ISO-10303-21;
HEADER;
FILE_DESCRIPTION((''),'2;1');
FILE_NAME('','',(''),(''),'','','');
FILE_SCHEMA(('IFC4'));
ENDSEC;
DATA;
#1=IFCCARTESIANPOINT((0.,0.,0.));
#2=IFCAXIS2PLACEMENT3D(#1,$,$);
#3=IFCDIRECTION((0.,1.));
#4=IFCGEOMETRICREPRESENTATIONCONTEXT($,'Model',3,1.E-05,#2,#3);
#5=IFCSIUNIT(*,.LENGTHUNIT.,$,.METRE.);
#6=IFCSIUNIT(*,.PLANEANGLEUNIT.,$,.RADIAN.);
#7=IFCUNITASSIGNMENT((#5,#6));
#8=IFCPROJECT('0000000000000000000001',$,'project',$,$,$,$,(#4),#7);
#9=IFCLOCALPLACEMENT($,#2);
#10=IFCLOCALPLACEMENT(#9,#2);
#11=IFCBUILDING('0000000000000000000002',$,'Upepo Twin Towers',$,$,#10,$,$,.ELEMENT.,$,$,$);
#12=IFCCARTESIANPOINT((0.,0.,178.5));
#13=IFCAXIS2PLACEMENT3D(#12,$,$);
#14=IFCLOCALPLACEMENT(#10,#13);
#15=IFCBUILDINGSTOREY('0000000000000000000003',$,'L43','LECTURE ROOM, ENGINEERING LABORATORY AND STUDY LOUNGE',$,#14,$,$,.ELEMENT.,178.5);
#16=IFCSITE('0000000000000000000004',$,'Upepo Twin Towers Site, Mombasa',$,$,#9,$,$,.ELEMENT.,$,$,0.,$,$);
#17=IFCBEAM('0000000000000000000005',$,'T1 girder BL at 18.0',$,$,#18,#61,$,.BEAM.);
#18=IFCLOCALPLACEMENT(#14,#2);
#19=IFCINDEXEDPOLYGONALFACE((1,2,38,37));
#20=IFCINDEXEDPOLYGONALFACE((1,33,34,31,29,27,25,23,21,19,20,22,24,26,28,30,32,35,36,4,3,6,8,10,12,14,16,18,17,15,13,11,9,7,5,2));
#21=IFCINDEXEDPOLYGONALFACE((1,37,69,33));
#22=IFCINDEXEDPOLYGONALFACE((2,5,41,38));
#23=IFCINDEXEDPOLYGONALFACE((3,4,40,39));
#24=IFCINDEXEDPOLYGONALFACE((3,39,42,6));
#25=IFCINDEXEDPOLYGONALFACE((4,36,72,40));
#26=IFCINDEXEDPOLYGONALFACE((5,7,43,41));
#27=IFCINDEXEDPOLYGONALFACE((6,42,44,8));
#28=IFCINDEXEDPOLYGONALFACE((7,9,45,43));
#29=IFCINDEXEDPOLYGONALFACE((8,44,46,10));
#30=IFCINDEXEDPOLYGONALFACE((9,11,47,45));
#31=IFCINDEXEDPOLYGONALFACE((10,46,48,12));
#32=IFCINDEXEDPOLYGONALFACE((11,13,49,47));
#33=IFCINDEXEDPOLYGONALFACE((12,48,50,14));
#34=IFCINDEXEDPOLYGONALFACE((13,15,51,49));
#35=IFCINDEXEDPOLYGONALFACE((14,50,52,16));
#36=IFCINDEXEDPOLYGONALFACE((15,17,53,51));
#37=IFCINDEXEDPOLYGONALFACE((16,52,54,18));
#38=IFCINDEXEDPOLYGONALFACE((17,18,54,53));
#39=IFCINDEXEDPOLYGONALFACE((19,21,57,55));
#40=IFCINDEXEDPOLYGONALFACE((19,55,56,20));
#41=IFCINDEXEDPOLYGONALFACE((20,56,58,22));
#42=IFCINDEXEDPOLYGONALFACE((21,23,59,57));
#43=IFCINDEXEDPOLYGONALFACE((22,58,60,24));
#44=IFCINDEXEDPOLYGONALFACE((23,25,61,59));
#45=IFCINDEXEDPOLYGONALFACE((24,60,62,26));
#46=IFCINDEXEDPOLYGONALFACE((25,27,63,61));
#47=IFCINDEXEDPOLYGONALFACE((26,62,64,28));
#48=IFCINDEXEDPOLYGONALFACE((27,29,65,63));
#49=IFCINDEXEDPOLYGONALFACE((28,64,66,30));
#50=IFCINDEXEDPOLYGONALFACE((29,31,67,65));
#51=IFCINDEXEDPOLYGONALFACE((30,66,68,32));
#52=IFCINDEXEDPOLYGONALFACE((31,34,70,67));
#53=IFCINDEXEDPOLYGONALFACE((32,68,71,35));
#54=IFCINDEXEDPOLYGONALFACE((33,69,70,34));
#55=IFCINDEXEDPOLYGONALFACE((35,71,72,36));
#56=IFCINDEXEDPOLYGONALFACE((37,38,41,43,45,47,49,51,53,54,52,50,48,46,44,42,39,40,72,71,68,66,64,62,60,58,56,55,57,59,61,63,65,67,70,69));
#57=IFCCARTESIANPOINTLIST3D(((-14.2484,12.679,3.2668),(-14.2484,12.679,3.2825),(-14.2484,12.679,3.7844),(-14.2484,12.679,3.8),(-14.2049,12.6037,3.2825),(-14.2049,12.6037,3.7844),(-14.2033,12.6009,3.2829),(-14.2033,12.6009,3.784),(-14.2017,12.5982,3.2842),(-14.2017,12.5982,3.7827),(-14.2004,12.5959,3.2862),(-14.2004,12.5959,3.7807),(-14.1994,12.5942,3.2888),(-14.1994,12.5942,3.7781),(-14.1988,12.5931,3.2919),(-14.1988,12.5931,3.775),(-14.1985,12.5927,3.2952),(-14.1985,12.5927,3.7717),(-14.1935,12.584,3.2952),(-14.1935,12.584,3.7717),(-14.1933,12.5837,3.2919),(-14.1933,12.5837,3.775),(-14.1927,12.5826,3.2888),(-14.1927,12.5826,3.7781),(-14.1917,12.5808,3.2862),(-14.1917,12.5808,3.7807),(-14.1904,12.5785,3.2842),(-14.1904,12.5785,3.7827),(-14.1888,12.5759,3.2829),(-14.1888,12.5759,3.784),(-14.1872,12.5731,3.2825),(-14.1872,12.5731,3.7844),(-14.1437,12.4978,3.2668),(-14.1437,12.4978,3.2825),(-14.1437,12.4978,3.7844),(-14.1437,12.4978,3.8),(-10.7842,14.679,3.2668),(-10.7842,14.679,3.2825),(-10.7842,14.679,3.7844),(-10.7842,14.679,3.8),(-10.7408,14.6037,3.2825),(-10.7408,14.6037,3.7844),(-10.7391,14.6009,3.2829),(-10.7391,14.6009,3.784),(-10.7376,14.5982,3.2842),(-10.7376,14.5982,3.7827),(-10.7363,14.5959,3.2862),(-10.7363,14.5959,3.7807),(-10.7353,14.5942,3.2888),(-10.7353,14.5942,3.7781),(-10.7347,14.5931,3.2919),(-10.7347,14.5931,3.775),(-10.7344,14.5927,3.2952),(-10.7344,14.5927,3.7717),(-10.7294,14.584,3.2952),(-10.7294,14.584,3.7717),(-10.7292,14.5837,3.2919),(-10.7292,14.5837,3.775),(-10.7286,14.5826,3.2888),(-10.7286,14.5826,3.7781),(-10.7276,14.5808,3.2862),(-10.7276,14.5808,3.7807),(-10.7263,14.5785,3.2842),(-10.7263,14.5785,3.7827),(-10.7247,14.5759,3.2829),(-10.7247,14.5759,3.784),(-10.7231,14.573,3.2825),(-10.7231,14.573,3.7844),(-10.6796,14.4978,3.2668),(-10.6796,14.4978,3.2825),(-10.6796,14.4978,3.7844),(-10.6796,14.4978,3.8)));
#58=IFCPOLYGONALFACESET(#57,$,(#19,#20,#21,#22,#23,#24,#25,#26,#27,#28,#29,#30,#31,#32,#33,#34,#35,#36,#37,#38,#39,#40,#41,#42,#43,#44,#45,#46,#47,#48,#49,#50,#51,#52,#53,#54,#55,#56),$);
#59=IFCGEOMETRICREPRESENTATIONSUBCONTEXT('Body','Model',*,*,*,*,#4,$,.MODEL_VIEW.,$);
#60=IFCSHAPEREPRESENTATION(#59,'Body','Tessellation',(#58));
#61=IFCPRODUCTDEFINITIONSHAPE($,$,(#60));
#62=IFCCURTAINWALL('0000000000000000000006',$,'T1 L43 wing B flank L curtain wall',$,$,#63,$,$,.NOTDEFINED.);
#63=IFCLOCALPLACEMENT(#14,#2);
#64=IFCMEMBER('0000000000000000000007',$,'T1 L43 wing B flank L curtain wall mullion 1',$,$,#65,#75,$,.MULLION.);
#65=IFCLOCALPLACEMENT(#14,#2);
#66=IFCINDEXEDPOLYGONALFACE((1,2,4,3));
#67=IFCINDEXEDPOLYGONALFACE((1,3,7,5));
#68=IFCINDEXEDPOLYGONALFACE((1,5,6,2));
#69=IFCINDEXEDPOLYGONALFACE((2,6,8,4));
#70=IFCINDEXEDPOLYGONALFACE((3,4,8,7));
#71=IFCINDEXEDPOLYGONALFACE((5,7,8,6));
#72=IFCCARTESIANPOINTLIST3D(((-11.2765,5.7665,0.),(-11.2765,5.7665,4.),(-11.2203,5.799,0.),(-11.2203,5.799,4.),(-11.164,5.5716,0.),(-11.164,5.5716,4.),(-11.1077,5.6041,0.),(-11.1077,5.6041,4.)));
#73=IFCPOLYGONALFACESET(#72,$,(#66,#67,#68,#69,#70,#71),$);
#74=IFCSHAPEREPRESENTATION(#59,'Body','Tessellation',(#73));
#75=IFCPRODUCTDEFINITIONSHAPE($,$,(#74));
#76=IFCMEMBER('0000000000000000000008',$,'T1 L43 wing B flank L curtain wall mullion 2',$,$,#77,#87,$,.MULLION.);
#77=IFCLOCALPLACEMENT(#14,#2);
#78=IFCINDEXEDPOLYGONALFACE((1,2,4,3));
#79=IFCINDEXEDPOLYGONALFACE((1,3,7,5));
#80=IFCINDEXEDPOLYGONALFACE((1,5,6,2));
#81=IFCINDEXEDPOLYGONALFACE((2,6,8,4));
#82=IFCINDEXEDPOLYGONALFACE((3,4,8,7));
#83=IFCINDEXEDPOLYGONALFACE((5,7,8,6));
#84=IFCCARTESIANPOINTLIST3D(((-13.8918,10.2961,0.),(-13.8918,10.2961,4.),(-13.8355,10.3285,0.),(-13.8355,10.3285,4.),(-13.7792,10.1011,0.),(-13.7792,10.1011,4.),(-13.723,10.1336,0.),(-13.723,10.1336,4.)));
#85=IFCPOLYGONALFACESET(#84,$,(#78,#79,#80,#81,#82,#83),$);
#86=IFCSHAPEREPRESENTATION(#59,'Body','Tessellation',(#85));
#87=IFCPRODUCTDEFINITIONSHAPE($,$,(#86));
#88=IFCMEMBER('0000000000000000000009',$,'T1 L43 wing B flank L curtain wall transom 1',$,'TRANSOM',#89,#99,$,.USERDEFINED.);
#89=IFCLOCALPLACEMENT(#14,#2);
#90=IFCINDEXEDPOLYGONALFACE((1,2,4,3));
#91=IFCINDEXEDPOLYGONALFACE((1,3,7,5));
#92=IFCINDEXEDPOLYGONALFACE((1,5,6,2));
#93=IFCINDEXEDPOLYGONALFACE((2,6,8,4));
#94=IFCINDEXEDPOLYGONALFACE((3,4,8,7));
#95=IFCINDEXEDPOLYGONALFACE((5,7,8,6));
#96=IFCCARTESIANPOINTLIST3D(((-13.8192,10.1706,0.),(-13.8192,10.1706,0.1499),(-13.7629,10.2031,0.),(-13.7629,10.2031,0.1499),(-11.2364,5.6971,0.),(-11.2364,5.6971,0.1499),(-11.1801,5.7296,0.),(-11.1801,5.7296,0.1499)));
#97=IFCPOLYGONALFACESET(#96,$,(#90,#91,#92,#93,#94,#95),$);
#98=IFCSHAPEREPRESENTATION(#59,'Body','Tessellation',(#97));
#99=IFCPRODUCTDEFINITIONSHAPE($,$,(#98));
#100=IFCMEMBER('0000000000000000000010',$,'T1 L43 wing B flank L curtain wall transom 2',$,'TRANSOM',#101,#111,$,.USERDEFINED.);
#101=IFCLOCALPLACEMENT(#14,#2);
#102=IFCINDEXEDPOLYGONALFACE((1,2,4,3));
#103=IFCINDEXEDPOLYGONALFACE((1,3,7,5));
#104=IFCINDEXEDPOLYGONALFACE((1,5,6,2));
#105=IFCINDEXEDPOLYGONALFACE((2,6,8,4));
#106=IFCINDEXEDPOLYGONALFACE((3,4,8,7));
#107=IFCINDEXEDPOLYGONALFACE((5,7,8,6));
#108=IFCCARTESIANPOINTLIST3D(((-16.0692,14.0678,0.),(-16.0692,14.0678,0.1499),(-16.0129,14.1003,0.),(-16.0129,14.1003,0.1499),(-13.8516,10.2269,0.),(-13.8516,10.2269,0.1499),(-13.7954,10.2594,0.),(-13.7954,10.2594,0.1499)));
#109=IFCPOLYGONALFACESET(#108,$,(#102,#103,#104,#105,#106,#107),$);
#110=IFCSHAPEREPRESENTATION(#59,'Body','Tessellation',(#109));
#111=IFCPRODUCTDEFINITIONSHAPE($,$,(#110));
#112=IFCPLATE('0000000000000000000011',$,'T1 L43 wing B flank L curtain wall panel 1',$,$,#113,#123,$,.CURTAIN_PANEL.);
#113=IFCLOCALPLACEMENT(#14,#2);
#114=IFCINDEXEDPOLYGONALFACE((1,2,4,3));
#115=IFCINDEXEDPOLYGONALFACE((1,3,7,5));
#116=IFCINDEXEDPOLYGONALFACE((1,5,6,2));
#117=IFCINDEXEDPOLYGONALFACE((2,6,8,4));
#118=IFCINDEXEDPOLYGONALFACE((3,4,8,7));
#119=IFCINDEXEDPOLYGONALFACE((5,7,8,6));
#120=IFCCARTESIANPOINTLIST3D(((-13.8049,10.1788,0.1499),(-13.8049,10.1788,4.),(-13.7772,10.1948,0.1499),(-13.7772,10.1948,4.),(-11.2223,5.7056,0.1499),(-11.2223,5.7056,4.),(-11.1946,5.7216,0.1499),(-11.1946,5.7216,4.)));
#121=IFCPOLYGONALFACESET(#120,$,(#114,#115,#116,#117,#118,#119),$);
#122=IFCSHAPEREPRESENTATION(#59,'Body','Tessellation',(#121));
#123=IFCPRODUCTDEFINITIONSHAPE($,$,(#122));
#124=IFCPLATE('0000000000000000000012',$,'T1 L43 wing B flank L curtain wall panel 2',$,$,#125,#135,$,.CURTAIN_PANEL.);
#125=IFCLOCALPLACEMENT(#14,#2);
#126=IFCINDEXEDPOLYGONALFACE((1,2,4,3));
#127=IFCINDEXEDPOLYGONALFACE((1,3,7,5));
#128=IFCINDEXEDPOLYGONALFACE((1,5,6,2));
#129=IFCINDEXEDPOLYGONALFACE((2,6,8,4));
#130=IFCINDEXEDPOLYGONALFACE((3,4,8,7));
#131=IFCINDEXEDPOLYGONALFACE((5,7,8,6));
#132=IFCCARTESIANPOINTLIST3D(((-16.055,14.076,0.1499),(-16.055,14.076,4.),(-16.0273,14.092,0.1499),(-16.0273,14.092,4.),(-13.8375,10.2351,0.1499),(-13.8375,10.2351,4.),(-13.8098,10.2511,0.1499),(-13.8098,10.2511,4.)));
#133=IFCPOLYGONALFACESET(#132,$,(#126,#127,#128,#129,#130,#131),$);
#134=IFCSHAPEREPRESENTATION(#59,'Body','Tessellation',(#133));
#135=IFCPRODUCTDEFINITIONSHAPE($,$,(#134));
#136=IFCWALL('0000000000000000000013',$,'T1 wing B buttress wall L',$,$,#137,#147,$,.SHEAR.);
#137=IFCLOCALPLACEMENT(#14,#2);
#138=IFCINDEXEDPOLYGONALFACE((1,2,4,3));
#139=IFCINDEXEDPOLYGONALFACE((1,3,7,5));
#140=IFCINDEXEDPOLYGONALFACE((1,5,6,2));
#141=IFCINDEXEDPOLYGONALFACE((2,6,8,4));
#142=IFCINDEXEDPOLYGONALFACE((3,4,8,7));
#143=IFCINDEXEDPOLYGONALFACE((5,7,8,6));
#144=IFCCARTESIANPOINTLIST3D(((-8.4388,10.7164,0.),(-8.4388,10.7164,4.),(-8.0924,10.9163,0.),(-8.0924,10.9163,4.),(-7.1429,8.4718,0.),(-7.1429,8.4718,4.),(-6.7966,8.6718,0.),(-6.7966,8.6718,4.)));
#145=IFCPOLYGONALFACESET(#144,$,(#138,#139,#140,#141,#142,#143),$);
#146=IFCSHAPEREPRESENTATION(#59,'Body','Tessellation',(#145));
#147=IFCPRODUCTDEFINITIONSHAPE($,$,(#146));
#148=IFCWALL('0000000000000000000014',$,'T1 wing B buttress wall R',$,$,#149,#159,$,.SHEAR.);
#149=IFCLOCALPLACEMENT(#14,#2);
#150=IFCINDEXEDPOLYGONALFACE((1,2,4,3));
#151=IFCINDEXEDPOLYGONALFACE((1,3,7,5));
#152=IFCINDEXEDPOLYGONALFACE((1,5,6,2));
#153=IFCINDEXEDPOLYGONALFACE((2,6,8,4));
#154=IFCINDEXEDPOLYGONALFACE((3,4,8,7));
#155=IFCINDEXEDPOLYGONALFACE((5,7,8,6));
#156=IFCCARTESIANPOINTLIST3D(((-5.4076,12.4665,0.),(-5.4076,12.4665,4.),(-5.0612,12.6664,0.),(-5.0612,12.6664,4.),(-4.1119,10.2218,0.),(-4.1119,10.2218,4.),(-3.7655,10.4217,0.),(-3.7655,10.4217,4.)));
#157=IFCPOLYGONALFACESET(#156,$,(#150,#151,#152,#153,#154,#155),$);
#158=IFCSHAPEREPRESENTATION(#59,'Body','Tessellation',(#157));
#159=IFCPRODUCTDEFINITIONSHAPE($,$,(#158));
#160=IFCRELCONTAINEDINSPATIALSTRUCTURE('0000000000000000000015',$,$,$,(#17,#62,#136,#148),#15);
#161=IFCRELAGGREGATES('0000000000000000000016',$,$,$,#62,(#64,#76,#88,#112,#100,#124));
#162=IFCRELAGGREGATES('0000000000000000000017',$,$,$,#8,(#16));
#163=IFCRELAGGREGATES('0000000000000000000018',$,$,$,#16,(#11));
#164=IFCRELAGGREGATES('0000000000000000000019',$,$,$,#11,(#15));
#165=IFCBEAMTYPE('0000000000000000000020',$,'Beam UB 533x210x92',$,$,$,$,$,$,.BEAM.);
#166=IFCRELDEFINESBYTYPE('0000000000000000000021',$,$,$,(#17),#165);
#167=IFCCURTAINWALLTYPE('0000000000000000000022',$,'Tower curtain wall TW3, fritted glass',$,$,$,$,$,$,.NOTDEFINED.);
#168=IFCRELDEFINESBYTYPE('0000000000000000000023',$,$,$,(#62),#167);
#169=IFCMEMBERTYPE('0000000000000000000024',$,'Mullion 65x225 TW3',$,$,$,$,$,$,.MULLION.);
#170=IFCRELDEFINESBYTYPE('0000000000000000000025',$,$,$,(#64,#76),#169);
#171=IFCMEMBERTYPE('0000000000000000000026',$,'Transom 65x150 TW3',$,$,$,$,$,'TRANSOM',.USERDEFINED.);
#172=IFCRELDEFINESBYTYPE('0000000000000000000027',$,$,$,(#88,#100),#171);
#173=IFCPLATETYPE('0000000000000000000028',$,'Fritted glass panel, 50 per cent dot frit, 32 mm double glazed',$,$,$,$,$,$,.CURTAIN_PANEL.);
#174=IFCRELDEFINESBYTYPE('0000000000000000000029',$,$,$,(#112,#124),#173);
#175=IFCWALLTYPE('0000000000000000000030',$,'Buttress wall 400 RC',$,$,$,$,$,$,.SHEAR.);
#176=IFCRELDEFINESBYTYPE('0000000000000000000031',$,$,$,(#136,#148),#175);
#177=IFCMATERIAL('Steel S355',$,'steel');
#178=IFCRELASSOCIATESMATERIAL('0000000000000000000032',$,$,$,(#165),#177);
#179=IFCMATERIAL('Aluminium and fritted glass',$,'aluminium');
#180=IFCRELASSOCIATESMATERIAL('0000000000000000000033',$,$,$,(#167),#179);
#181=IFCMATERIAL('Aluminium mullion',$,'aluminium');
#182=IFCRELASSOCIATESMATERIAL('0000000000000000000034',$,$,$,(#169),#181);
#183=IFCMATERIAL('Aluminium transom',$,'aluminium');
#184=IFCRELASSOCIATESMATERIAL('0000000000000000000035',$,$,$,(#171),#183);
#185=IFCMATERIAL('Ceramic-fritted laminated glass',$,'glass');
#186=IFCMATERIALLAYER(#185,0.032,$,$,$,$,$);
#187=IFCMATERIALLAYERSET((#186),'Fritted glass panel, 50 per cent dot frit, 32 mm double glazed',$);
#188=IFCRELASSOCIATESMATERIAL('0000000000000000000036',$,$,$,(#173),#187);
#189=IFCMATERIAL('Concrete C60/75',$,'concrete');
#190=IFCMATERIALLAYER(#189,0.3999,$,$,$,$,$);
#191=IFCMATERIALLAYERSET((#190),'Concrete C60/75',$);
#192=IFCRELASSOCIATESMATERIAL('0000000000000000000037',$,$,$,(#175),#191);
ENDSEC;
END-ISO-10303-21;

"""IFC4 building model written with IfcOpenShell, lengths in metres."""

from ifc_helpers import new_model, si_unit, direction, frame, frame_2d, origin, origin_2d, place, context, subcontext, project, spatial, rectangle, i_section, extrude, material, layer, layer_set, material_profile, profile_set, type_object, element, aggregate, save


model = new_model("IFC4")

# Units and contexts
model_context = context("Model", 3, precision=1e-05, world=origin(), true_north=direction((0.0, 1.0)))
body_context = subcontext(model_context, "Body", "Model", "MODEL_VIEW")
ifc_project = project(units=[si_unit("LENGTHUNIT", "METRE"), si_unit("PLANEANGLEUNIT", "RADIAN")], contexts=[model_context])

# Site, building, storey
site_placement = place(None, origin())
site = spatial("IfcSite", under=ifc_project, at=site_placement, Name="Upepo Twin Towers Site, Mombasa", CompositionType="ELEMENT", RefElevation=0.0)
building_placement = place(site_placement, origin())
building = spatial("IfcBuilding", under=site, at=building_placement, Name="Upepo Twin Towers", CompositionType="ELEMENT")
storey_placement = place(building_placement, frame((0.0, 0.0, 178.5)))
storey = spatial("IfcBuildingStorey", under=building, at=storey_placement, Name="L43", Description="LECTURE ROOM, ENGINEERING LABORATORY AND STUDY LOUNGE", CompositionType="ELEMENT", Elevation=178.5)

# Beam
ifc_material_1 = material(Name="Steel S355", Category="steel")
ifc_material_profile_1 = material_profile(ifc_material_1, i_section(OverallWidth=0.2092, OverallDepth=0.5332, WebThickness=0.01, FlangeThickness=0.0156, FilletRadius=0.0127, at=origin_2d()), Name="UB 533x210x92")
ifc_profile_set_1 = profile_set([ifc_material_profile_1], Name="Steel S355")
beam_type_1 = type_object("IfcBeamType", Name="Beam UB 533x210x92", PredefinedType="BEAM", material=ifc_profile_set_1)
for number, where, z_axis, x_axis, name in (
    (1, (-14.196, 12.5884, 3.5334), (0.866026, 0.499999, 0.0), (-0.499999, 0.866026, 0.0), "T1 girder BL at 18.0"),
):
    element("IfcBeam", number, at=place(storey_placement, frame(where, z_axis=z_axis, x_axis=x_axis)), inside=storey, type_object=beam_type_1, Name=name, PredefinedType="BEAM", context=body_context, shape_type="SweptSolid", body=[
        extrude(i_section(OverallWidth=0.2092, OverallDepth=0.5332, WebThickness=0.01, FlangeThickness=0.0156, FilletRadius=0.0127, at=origin_2d()), origin(), (0.0, 0.0, 1.0), 4.0),
    ])

# Curtain wall, members, plates
ifc_material_2 = material(Name="Aluminium and fritted glass", Category="aluminium")
curtain_wall_type = type_object("IfcCurtainWallType", Name="Tower curtain wall TW3, fritted glass", PredefinedType="NOTDEFINED", material=ifc_material_2)
curtain_wall_placement = place(storey_placement, origin())
curtain_wall = element("IfcCurtainWall", 2, at=curtain_wall_placement, inside=storey, type_object=curtain_wall_type, Name="T1 L43 wing B flank L curtain wall", PredefinedType="NOTDEFINED")
ifc_material_3 = material(Name="Aluminium mullion", Category="aluminium")
ifc_material_profile_2 = material_profile(ifc_material_3, rectangle(XDim=0.0649, YDim=0.2251, at=origin_2d()), Name="MULLION 65x225")
ifc_profile_set_2 = profile_set([ifc_material_profile_2], Name="Aluminium mullion")
member_type_1 = type_object("IfcMemberType", Name="Mullion 65x225 TW3", PredefinedType="MULLION", material=ifc_profile_set_2)
member_1_placement = place(storey_placement, frame((-11.1921, 5.6853, 0.0), z_axis=(0.0, 0.0, 1.0), x_axis=(-0.866025, -0.5, 0.0)))
member_1 = element("IfcMember", 3, at=member_1_placement, type_object=member_type_1, Name="T1 L43 wing B flank L curtain wall mullion 1", PredefinedType="MULLION", context=body_context, shape_type="SweptSolid", body=[
    extrude(rectangle(XDim=0.0649, YDim=0.2251, at=origin_2d()), origin(), (0.0, 0.0, 1.0), 4.0),
])
member_2_placement = place(storey_placement, frame((-13.8074, 10.2148, 0.0), z_axis=(0.0, 0.0, 1.0), x_axis=(-0.866025, -0.5, 0.0)))
member_2 = element("IfcMember", 4, at=member_2_placement, type_object=member_type_1, Name="T1 L43 wing B flank L curtain wall mullion 2", PredefinedType="MULLION", context=body_context, shape_type="SweptSolid", body=[
    extrude(rectangle(XDim=0.0649, YDim=0.2251, at=origin_2d()), origin(), (0.0, 0.0, 1.0), 4.0),
])
ifc_material_4 = material(Name="Aluminium transom", Category="aluminium")
ifc_material_profile_3 = material_profile(ifc_material_4, rectangle(XDim=0.0649, YDim=0.1499, at=origin_2d()), Name="TRANSOM 65x150")
ifc_profile_set_3 = profile_set([ifc_material_profile_3], Name="Aluminium transom")
member_type_2 = type_object("IfcMemberType", Name="Transom 65x150 TW3", ElementType="TRANSOM", PredefinedType="USERDEFINED", material=ifc_profile_set_3)
member_3_placement = place(storey_placement, frame((-11.2083, 5.7134, 0.075), z_axis=(-0.500007, 0.866021, 0.0), x_axis=(-0.866021, -0.500007, 0.0)))
member_3 = element("IfcMember", 5, at=member_3_placement, type_object=member_type_2, Name="T1 L43 wing B flank L curtain wall transom 1", ObjectType="TRANSOM", PredefinedType="USERDEFINED", context=body_context, shape_type="SweptSolid", body=[
    extrude(rectangle(XDim=0.0649, YDim=0.1499, at=origin_2d()), origin(), (0.0, 0.0, 1.0), 5.1655),
])
member_4_placement = place(storey_placement, frame((-13.8235, 10.2432, 0.075), z_axis=(-0.500005, 0.866022, 0.0), x_axis=(-0.866022, -0.500005, 0.0)))
member_4 = element("IfcMember", 6, at=member_4_placement, type_object=member_type_2, Name="T1 L43 wing B flank L curtain wall transom 2", ObjectType="TRANSOM", PredefinedType="USERDEFINED", context=body_context, shape_type="SweptSolid", body=[
    extrude(rectangle(XDim=0.0649, YDim=0.1499, at=origin_2d()), origin(), (0.0, 0.0, 1.0), 4.4351),
])
ifc_material_5 = material(Name="Ceramic-fritted laminated glass", Category="glass")
ifc_layer_1 = layer(ifc_material_5, 0.032)
ifc_layer_set_1 = layer_set([ifc_layer_1], Name="Fritted glass panel, 50 per cent dot frit, 32 mm double glazed")
plate_type = type_object("IfcPlateType", Name="Fritted glass panel, 50 per cent dot frit, 32 mm double glazed", PredefinedType="CURTAIN_PANEL", material=ifc_layer_set_1)
plate_1_placement = place(storey_placement, frame((-12.4998, 7.9502, 0.1499), z_axis=(0.0, 0.0, 1.0), x_axis=(-0.5, 0.866025, 0.0)))
plate_1 = element("IfcPlate", 7, at=plate_1_placement, type_object=plate_type, Name="T1 L43 wing B flank L curtain wall panel 1", PredefinedType="CURTAIN_PANEL", context=body_context, shape_type="SweptSolid", body=[
    extrude(rectangle(XDim=5.1653, YDim=0.032, at=origin_2d()), origin(), (0.0, 0.0, 1.0), 3.8501),
])
plate_2_placement = place(storey_placement, frame((-14.9324, 12.1636, 0.1499), z_axis=(0.0, 0.0, 1.0), x_axis=(-0.5, 0.866025, 0.0)))
plate_2 = element("IfcPlate", 8, at=plate_2_placement, type_object=plate_type, Name="T1 L43 wing B flank L curtain wall panel 2", PredefinedType="CURTAIN_PANEL", context=body_context, shape_type="SweptSolid", body=[
    extrude(rectangle(XDim=4.4351, YDim=0.032, at=origin_2d()), origin(), (0.0, 0.0, 1.0), 3.8501),
])
aggregate(curtain_wall, [member_1, member_2, member_3, plate_1, member_4, plate_2])

# Walls
ifc_material_6 = material(Name="Concrete C60/75", Category="concrete")
ifc_layer_2 = layer(ifc_material_6, 0.3999)
ifc_layer_set_2 = layer_set([ifc_layer_2], Name="Concrete C60/75")
wall_type_1 = type_object("IfcWallType", Name="Buttress wall 400 RC", PredefinedType="SHEAR", material=ifc_layer_set_2)
for number, where, z_axis, x_axis, name in (
    (9, (-6.9697, 8.5718, 0.0), (0.0, 0.0, 1.0), (-0.499989, 0.866032, 0.0), "T1 wing B buttress wall L"),
    (10, (-3.9387, 10.3218, 0.0), (0.0, 0.0, 1.0), (-0.499918, 0.866073, 0.0), "T1 wing B buttress wall R"),
):
    element("IfcWall", number, at=place(storey_placement, frame(where, z_axis=z_axis, x_axis=x_axis)), inside=storey, type_object=wall_type_1, Name=name, PredefinedType="SHEAR", context=body_context, shape_type="SweptSolid", body=[
        extrude(rectangle(XDim=2.5918, YDim=0.3999, at=frame_2d((1.2959, 0.0))), origin(), (0.0, 0.0, 1.0), 4.0),
    ])

save(model, "model.ifc")
